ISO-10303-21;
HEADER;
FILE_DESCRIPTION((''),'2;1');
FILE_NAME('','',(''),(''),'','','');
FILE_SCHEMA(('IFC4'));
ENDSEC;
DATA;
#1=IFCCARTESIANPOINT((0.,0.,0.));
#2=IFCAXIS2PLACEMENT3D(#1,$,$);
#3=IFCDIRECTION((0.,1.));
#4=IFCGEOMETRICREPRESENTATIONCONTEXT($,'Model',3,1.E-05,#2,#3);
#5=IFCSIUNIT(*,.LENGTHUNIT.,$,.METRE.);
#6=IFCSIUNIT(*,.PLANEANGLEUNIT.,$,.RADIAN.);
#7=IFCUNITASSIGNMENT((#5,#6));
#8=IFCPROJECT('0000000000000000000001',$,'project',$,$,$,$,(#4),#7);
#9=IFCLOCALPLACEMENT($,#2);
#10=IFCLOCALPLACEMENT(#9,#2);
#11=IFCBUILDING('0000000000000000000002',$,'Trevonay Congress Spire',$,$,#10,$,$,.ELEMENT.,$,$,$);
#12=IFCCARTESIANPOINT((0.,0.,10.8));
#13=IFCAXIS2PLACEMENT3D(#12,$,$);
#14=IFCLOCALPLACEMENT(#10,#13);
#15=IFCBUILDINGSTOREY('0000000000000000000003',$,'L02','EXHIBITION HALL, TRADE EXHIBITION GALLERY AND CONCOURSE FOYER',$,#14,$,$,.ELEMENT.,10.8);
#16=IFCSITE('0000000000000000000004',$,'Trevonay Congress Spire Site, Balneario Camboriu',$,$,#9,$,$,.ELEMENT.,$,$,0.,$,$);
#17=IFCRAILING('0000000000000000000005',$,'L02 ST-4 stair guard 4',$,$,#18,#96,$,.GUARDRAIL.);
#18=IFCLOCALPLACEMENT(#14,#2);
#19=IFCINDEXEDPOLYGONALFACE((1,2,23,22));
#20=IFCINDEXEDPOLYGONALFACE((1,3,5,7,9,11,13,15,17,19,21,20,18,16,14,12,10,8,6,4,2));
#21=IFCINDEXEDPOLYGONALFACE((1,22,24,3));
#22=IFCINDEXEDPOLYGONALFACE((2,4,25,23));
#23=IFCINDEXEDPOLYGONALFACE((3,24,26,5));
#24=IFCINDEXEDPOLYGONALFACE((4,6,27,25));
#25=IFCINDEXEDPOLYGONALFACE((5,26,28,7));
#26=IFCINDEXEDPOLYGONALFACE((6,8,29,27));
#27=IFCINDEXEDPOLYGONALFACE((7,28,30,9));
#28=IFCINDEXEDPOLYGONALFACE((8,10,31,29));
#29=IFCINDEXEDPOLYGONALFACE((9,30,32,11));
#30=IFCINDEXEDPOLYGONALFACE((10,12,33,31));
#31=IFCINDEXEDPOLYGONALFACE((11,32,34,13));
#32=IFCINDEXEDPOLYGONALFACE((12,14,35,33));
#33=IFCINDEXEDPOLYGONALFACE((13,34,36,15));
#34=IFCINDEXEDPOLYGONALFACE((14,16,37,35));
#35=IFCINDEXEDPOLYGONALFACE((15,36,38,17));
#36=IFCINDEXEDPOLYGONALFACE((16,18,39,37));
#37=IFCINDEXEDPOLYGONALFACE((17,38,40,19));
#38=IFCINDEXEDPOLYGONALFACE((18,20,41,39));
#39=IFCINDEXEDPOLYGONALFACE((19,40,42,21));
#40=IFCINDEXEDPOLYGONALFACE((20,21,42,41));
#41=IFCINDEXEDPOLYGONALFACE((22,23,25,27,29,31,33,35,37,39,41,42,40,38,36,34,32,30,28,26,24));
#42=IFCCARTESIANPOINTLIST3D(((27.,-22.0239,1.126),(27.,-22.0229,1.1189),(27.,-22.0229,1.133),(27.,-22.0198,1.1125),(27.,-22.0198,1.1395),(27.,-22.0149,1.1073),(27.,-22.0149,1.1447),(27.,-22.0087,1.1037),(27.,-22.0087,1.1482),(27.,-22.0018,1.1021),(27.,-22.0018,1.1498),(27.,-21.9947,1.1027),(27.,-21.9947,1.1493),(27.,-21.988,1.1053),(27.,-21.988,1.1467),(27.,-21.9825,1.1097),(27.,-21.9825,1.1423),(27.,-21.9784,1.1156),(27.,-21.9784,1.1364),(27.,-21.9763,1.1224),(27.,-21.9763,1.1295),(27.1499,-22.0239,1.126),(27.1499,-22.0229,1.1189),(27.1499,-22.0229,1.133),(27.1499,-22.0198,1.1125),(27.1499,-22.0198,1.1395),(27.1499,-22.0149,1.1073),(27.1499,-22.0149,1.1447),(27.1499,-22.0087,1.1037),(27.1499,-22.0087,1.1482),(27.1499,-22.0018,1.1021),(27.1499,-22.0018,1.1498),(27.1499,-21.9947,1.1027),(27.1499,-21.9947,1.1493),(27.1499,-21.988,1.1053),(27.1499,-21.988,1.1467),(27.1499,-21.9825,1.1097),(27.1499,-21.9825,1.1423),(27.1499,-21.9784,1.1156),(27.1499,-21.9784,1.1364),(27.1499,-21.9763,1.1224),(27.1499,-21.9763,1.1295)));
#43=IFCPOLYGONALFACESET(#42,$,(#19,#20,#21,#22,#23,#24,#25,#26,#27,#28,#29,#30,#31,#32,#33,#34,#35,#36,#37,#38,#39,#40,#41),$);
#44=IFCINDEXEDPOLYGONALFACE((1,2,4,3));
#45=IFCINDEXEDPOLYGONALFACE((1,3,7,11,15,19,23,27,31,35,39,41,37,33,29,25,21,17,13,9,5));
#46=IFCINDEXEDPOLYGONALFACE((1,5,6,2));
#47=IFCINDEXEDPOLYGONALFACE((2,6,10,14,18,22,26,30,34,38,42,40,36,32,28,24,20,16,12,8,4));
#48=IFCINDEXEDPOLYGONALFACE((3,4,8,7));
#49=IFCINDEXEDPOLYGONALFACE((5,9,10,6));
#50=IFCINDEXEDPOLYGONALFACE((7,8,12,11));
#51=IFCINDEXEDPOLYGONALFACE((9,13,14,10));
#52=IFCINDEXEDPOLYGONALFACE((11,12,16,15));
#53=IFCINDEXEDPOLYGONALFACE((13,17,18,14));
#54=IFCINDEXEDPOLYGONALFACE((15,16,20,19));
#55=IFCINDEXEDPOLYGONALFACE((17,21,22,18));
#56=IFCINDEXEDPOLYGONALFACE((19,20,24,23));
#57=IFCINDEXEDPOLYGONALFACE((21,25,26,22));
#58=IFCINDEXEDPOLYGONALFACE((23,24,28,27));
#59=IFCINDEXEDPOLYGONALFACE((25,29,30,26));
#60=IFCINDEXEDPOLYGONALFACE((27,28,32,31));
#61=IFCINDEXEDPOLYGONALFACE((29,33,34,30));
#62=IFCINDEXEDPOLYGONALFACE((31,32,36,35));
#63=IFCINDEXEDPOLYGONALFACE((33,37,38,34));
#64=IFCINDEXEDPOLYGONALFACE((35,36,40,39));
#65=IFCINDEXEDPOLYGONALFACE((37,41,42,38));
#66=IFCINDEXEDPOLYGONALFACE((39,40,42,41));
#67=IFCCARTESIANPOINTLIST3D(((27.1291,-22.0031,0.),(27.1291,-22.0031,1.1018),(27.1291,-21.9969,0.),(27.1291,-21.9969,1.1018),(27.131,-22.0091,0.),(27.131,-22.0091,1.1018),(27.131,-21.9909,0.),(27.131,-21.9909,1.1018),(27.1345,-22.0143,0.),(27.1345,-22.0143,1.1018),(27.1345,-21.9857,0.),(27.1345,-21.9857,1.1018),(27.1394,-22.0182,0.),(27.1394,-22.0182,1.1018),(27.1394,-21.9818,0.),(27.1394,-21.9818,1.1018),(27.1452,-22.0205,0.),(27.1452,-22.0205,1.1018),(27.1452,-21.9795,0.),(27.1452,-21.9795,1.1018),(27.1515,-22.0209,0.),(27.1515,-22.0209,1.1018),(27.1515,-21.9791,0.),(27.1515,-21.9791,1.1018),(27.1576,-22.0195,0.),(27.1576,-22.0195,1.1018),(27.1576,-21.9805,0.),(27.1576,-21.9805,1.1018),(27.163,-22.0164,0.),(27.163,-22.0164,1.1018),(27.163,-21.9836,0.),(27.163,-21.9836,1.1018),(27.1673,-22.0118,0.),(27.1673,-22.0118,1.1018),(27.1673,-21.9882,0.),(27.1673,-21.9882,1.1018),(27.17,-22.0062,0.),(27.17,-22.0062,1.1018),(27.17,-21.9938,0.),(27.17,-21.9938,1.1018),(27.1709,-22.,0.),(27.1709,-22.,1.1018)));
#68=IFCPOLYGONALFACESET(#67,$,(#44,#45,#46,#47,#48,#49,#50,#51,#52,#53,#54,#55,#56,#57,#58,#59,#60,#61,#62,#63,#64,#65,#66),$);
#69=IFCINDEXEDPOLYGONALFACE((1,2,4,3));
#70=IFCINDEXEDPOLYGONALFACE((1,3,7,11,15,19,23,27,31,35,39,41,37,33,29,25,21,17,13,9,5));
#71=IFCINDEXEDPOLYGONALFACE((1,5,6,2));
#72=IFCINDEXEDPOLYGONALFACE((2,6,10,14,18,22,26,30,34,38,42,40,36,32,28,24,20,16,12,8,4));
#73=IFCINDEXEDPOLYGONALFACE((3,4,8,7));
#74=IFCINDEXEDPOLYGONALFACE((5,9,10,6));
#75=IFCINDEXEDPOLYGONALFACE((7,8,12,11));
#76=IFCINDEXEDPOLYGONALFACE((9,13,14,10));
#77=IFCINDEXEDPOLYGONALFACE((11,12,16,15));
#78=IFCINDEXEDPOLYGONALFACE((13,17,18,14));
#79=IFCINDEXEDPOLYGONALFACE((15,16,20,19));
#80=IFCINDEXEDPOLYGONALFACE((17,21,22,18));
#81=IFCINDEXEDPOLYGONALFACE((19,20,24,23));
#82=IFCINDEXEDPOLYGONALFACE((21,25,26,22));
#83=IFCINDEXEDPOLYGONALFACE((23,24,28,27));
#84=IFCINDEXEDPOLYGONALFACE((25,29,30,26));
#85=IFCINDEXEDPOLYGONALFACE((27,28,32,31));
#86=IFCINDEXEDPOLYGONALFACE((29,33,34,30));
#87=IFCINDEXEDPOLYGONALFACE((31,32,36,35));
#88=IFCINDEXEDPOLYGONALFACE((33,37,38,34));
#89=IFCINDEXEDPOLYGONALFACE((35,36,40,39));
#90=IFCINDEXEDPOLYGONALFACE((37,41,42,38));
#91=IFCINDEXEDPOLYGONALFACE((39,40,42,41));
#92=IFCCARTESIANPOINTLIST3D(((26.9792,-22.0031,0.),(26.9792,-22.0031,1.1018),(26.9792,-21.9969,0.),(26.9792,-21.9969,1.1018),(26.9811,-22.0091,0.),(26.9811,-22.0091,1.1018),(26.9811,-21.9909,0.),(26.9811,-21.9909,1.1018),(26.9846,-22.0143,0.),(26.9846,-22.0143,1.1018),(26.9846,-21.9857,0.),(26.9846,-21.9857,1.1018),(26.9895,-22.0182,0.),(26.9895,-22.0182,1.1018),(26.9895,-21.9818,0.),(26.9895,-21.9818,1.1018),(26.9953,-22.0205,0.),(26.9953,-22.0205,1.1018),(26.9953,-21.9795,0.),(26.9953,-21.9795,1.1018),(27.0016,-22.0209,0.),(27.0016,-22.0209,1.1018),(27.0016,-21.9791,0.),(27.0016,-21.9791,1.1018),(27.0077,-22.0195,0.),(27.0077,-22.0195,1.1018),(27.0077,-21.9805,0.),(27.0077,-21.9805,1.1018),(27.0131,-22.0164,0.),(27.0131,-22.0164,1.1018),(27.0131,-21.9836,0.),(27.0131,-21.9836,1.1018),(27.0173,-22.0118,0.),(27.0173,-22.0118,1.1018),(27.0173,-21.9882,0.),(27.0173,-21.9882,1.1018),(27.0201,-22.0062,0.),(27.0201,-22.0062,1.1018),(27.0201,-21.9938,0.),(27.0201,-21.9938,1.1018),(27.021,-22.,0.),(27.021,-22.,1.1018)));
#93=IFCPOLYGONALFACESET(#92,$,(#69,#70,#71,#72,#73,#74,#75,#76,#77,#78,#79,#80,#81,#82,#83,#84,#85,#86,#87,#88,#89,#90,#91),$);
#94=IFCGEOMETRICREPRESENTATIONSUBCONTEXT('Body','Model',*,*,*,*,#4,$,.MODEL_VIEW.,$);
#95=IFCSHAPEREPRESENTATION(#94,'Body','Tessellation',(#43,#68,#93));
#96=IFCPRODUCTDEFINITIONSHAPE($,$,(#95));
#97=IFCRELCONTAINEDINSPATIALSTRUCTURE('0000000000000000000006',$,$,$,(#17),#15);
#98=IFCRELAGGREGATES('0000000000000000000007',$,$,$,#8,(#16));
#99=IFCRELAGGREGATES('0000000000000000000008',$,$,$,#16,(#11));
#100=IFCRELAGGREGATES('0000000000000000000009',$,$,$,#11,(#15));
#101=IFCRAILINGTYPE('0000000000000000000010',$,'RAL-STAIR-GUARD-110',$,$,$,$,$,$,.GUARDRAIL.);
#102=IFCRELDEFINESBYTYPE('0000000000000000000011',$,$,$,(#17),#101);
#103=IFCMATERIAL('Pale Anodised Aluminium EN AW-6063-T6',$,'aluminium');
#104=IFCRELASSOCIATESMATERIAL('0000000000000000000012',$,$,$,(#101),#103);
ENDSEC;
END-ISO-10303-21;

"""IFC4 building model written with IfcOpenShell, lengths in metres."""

from ifc_helpers import new_model, si_unit, direction, frame, origin, origin_2d, place, context, subcontext, project, spatial, circle, extrude, material, type_object, element, save


model = new_model("IFC4")

# Units and contexts
model_context = context("Model", 3, precision=1e-05, world=origin(), true_north=direction((0.0, 1.0)))
body_context = subcontext(model_context, "Body", "Model", "MODEL_VIEW")
ifc_project = project(units=[si_unit("LENGTHUNIT", "METRE"), si_unit("PLANEANGLEUNIT", "RADIAN")], contexts=[model_context])

# Site, building, storey
site_placement = place(None, origin())
site = spatial("IfcSite", under=ifc_project, at=site_placement, Name="Trevonay Congress Spire Site, Balneario Camboriu", CompositionType="ELEMENT", RefElevation=0.0)
building_placement = place(site_placement, origin())
building = spatial("IfcBuilding", under=site, at=building_placement, Name="Trevonay Congress Spire", CompositionType="ELEMENT")
storey_placement = place(building_placement, frame((0.0, 0.0, 10.8)))
storey = spatial("IfcBuildingStorey", under=building, at=storey_placement, Name="L02", Description="EXHIBITION HALL, TRADE EXHIBITION GALLERY AND CONCOURSE FOYER", CompositionType="ELEMENT", Elevation=10.8)

# Shared definitions
ifc_material_1 = material(Name="Pale Anodised Aluminium EN AW-6063-T6", Category="aluminium")

# Railing
railing_type_1 = type_object("IfcRailingType", Name="RAL-STAIR-GUARD-110", PredefinedType="GUARDRAIL", material=ifc_material_1)
railing_1_placement = place(storey_placement, frame((27.1499, -22.0, 0.0)))
element("IfcRailing", 1, at=railing_1_placement, inside=storey, type_object=railing_type_1, Name="L02 ST-4 stair guard 4", PredefinedType="GUARDRAIL", context=body_context, shape_type="SweptSolid", body=[
    extrude(circle(Radius=0.0239, at=origin_2d()), frame((0.0, 0.0, 1.126), z_axis=(-1.0, 0.0, 0.0), x_axis=(0.0, -1.0, 0.0)), (0.0, 0.0, 1.0), 0.1499),
    extrude(circle(Radius=0.021, at=origin_2d()), origin(), (0.0, 0.0, 1.0), 1.1018),
    extrude(circle(Radius=0.021, at=origin_2d()), frame((-0.1499, 0.0, 0.0)), (0.0, 0.0, 1.0), 1.1018),
])

save(model, "model.ifc")
